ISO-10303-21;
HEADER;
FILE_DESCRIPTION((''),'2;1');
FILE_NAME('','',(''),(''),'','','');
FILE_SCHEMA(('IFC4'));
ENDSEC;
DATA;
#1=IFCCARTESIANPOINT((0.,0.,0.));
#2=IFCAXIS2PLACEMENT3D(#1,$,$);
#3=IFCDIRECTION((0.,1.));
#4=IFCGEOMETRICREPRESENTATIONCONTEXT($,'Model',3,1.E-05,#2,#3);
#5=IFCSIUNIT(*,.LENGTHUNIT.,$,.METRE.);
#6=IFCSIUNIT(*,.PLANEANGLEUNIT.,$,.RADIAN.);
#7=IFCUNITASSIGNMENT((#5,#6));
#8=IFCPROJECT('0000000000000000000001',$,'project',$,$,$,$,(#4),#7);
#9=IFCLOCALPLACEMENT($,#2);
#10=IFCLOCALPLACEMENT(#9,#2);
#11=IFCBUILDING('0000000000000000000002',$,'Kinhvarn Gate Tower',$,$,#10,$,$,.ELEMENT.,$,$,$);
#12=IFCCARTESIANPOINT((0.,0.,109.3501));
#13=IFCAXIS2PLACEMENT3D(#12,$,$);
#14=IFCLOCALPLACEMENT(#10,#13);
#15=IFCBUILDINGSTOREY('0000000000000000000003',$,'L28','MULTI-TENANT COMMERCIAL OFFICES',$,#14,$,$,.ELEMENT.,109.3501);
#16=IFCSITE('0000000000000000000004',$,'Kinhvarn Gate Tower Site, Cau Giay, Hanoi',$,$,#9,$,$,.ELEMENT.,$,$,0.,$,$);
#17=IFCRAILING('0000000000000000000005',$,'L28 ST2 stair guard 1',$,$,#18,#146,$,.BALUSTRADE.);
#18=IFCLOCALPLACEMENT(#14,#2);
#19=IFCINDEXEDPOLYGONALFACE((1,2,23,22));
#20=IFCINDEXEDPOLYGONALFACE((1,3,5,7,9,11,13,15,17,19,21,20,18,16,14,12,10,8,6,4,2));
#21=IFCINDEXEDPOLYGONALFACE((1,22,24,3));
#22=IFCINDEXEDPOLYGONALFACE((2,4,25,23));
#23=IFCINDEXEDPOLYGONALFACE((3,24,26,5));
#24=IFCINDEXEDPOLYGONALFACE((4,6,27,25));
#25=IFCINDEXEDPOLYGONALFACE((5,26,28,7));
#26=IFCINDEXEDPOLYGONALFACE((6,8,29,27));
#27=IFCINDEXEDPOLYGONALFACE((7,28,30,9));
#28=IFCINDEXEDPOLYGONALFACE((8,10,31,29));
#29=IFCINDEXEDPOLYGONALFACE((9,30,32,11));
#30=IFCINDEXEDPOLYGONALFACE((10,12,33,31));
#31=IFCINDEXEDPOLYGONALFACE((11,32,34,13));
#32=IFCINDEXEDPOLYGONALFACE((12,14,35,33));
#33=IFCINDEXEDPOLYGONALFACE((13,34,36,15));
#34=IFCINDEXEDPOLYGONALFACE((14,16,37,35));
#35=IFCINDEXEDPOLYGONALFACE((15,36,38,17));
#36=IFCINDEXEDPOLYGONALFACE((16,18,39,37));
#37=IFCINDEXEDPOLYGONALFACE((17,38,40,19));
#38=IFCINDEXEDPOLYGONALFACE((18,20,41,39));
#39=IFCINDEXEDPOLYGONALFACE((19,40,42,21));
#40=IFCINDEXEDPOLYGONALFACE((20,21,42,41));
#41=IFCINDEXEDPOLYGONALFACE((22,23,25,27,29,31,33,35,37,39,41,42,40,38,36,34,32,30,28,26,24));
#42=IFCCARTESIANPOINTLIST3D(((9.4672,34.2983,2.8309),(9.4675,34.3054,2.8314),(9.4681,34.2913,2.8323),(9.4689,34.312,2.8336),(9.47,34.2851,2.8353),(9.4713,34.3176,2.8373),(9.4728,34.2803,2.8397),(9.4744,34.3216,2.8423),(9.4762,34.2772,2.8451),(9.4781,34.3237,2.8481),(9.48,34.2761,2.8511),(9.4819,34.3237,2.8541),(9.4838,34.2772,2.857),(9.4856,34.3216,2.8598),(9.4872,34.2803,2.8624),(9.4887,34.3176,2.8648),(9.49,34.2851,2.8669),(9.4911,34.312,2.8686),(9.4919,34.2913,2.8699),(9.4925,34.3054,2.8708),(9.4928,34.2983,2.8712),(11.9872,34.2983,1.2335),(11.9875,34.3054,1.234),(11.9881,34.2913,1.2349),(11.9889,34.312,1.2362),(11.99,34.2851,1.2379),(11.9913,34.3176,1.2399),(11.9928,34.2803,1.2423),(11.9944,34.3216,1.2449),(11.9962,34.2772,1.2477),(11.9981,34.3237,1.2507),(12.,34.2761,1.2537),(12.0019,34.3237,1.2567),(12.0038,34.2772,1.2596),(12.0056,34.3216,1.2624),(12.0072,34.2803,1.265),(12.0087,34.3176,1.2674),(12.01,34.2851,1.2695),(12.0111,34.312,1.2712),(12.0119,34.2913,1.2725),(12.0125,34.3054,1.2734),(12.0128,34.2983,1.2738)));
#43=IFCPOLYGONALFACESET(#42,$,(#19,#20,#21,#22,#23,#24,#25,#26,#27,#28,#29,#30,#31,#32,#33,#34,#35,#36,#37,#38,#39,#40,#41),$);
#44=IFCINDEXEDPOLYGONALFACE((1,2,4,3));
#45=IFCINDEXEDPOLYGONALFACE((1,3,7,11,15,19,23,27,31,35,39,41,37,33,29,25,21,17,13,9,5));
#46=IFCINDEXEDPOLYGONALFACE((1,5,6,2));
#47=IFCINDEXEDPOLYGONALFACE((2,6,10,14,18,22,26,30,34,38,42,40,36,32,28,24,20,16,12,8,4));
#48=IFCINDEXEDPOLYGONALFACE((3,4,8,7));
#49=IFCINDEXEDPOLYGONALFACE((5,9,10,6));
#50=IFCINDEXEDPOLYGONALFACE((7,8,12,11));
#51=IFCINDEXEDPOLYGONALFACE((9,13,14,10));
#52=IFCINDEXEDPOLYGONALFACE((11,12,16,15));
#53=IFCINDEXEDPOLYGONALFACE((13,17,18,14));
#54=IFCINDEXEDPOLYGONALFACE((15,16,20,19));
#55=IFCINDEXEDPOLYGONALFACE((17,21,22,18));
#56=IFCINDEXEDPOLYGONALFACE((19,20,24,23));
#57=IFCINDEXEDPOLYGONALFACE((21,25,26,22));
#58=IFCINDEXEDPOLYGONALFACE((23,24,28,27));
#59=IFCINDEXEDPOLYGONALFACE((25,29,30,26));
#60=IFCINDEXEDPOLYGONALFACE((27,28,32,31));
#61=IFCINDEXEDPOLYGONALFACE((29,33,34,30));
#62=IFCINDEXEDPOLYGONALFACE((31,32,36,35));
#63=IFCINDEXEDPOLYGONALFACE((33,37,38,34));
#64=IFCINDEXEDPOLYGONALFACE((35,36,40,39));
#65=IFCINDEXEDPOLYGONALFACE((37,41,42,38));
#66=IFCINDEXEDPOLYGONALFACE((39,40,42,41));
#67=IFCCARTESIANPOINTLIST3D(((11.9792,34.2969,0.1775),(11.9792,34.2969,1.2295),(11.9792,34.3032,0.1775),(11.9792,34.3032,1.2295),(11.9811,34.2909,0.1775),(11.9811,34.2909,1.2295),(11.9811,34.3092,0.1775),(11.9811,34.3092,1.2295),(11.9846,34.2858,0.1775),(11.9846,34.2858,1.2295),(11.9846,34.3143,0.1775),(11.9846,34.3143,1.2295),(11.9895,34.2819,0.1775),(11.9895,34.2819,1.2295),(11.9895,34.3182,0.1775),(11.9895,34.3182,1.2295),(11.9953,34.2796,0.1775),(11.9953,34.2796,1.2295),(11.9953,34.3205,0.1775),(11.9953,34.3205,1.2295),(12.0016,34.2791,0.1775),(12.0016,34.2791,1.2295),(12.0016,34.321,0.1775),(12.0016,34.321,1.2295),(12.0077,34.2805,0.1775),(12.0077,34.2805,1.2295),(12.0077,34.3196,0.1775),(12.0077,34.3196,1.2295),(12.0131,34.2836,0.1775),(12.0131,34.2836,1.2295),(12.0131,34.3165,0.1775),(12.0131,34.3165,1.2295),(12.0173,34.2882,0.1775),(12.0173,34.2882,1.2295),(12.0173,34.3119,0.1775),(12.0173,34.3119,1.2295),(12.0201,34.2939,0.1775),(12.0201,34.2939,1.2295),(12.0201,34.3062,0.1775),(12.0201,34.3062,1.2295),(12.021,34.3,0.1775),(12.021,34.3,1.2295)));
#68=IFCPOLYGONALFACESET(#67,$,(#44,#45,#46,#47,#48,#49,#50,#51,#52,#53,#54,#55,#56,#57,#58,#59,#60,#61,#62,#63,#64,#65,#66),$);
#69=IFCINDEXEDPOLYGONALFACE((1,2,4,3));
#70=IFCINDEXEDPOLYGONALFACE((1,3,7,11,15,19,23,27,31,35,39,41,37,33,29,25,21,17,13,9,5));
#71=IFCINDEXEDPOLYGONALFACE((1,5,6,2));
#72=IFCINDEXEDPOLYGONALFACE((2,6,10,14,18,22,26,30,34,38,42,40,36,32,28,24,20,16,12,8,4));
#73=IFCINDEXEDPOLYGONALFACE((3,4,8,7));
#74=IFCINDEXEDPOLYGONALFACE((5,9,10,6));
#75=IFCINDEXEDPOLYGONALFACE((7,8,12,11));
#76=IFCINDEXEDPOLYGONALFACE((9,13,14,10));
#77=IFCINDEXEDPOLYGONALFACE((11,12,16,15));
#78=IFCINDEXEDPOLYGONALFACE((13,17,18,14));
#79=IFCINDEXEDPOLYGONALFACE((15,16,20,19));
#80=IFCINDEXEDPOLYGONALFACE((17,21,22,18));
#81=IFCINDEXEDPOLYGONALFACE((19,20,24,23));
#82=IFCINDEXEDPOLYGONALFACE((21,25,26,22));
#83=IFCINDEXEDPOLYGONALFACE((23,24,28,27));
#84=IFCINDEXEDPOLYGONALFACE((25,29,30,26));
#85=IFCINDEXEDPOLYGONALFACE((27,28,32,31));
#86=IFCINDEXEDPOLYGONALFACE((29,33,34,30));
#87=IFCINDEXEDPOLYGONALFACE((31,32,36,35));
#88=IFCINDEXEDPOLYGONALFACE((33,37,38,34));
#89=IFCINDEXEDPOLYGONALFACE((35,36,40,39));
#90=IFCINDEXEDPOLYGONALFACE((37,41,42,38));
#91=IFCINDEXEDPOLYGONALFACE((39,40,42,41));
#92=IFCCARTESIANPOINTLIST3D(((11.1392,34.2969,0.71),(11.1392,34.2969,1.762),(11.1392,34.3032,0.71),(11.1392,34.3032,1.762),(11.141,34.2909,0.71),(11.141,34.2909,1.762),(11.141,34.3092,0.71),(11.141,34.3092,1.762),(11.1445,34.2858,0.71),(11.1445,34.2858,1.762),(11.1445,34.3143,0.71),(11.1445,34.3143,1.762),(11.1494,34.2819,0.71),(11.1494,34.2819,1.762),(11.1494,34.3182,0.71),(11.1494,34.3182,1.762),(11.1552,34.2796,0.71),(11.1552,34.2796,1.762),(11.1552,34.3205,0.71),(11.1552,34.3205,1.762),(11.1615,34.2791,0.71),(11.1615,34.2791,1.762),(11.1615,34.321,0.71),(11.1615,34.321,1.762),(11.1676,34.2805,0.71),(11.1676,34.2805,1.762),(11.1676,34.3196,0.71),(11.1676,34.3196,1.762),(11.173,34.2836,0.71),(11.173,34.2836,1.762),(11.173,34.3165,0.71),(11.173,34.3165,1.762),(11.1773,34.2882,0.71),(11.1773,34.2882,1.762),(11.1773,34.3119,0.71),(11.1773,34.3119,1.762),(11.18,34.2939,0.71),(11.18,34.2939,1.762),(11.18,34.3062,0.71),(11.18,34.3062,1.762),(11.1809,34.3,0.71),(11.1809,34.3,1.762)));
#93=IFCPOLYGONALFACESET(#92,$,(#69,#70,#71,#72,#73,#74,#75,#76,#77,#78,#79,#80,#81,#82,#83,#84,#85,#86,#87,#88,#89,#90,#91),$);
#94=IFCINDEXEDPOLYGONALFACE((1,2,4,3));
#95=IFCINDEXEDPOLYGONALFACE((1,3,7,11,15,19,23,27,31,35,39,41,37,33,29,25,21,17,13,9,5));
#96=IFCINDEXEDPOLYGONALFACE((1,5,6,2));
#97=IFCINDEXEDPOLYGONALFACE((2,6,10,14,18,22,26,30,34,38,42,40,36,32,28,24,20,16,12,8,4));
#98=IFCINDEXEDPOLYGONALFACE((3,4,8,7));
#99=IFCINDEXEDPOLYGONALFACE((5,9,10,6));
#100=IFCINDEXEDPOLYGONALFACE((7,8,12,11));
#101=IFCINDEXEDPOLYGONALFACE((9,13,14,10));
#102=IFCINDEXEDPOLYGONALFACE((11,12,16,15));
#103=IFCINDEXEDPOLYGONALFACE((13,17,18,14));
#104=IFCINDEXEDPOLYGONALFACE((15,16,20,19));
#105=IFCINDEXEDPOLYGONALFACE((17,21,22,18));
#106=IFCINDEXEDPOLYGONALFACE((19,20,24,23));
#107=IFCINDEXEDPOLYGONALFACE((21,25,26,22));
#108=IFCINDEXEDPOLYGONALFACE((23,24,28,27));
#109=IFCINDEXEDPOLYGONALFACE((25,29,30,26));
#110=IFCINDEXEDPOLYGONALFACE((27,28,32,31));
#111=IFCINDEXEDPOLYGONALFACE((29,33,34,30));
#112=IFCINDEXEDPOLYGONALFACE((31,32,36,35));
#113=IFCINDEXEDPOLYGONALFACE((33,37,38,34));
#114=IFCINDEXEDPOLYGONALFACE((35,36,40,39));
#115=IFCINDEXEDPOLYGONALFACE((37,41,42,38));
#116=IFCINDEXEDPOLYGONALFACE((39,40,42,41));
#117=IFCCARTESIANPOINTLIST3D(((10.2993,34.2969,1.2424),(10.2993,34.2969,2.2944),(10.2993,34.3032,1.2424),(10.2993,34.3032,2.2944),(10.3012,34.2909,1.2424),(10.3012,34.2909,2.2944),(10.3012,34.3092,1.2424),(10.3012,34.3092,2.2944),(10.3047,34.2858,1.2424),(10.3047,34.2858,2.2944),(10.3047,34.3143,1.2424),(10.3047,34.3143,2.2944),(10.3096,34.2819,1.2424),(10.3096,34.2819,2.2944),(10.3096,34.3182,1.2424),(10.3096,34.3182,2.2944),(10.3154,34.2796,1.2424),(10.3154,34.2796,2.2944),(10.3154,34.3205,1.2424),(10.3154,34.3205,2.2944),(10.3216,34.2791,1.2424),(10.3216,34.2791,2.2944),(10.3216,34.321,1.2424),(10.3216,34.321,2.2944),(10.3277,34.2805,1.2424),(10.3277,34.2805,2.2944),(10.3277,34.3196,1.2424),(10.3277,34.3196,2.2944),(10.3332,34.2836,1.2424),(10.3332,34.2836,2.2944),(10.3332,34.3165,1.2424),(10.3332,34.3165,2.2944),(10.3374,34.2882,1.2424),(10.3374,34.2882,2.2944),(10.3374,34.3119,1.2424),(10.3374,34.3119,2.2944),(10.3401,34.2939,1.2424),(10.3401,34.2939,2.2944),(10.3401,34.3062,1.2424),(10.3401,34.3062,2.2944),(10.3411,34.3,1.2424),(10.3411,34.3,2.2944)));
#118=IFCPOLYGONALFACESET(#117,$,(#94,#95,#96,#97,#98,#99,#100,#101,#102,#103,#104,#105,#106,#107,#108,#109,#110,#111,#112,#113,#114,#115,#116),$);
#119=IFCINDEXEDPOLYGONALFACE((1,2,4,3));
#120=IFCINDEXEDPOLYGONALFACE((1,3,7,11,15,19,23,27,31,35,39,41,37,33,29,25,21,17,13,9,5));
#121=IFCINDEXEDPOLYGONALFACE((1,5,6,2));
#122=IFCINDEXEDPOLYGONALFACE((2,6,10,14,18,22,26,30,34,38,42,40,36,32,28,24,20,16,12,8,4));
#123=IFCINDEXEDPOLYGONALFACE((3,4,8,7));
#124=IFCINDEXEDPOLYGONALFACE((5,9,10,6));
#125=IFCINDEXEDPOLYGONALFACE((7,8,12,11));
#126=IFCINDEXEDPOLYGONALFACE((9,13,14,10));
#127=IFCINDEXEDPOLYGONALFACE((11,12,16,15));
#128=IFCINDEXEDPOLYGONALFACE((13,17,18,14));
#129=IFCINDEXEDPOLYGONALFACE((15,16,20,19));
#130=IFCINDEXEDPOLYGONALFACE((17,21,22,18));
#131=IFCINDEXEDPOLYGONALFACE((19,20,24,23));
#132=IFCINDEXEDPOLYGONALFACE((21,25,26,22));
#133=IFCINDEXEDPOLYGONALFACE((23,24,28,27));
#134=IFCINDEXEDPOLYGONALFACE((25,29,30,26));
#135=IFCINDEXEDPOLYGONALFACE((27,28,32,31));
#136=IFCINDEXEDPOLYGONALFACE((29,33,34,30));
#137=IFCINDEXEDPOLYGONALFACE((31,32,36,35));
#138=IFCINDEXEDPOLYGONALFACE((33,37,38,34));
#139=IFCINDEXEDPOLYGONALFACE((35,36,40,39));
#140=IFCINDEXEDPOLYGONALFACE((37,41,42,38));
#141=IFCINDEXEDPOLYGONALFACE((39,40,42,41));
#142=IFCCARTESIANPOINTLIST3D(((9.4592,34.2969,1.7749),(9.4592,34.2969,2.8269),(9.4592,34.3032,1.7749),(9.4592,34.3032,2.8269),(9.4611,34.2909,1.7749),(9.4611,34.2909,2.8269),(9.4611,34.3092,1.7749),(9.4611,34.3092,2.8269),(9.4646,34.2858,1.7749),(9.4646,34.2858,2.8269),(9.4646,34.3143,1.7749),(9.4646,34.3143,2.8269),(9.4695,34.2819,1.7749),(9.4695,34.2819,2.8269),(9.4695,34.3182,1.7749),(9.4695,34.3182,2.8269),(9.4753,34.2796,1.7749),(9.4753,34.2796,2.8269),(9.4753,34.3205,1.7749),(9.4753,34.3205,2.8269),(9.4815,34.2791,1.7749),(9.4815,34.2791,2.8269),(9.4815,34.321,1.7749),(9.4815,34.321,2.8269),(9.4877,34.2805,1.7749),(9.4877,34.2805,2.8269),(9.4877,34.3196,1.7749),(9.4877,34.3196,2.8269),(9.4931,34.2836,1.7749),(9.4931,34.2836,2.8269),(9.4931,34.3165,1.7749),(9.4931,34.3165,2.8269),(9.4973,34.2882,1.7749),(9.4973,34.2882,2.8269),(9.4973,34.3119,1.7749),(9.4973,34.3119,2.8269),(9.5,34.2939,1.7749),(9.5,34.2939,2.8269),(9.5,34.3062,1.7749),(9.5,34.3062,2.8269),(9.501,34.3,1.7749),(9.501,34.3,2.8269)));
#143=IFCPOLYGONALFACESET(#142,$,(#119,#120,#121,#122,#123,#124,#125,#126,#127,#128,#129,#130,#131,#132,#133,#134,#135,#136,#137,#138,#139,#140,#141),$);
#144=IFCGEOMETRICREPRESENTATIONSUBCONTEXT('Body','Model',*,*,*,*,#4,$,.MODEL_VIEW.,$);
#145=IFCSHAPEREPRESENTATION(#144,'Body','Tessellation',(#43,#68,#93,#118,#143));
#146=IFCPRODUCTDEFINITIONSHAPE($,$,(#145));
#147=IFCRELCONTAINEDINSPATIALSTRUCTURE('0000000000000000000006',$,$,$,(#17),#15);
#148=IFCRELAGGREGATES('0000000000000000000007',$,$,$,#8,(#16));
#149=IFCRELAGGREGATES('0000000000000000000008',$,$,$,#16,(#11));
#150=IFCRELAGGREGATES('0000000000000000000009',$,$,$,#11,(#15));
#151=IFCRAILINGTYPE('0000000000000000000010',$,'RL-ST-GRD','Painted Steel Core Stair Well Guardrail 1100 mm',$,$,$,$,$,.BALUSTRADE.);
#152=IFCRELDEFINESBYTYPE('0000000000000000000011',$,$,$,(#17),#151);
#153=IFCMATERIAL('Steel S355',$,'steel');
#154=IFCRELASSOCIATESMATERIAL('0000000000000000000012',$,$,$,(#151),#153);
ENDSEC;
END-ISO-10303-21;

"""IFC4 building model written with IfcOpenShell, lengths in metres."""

from ifc_helpers import new_model, si_unit, direction, frame, origin, origin_2d, place, context, subcontext, project, spatial, circle, extrude, material, type_object, element, save


model = new_model("IFC4")

# Units and contexts
model_context = context("Model", 3, precision=1e-05, world=origin(), true_north=direction((0.0, 1.0)))
body_context = subcontext(model_context, "Body", "Model", "MODEL_VIEW")
ifc_project = project(units=[si_unit("LENGTHUNIT", "METRE"), si_unit("PLANEANGLEUNIT", "RADIAN")], contexts=[model_context])

# Site, building, storey
site_placement = place(None, origin())
site = spatial("IfcSite", under=ifc_project, at=site_placement, Name="Kinhvarn Gate Tower Site, Cau Giay, Hanoi", CompositionType="ELEMENT", RefElevation=0.0)
building_placement = place(site_placement, origin())
building = spatial("IfcBuilding", under=site, at=building_placement, Name="Kinhvarn Gate Tower", CompositionType="ELEMENT")
storey_placement = place(building_placement, frame((0.0, 0.0, 109.3501)))
storey = spatial("IfcBuildingStorey", under=building, at=storey_placement, Name="L28", Description="MULTI-TENANT COMMERCIAL OFFICES", CompositionType="ELEMENT", Elevation=109.3501)

# Shared definitions
ifc_material_1 = material(Name="Steel S355", Category="steel")

# Railing
railing_type_1 = type_object("IfcRailingType", Name="RL-ST-GRD", Description="Painted Steel Core Stair Well Guardrail 1100 mm", PredefinedType="BALUSTRADE", material=ifc_material_1)
railing_1_placement = place(storey_placement, frame((12.0, 34.3, 0.1775)))
element("IfcRailing", 1, at=railing_1_placement, inside=storey, type_object=railing_type_1, Name="L28 ST2 stair guard 1", PredefinedType="BALUSTRADE", context=body_context, shape_type="SweptSolid", body=[
    extrude(circle(Radius=0.0239, at=origin_2d()), frame((0.0, 0.0, 1.0762), z_axis=(-0.844607, 0.0, 0.535387), x_axis=(0.0, -1.0, 0.0)), (0.0, 0.0, 1.0), 2.9836),
    extrude(circle(Radius=0.021, at=origin_2d()), origin(), (0.0, 0.0, 1.0), 1.052),
    extrude(circle(Radius=0.021, at=origin_2d()), frame((-0.8401, 0.0, 0.5325)), (0.0, 0.0, 1.0), 1.052),
    extrude(circle(Radius=0.021, at=origin_2d()), frame((-1.6799, 0.0, 1.0649)), (0.0, 0.0, 1.0), 1.052),
    extrude(circle(Radius=0.021, at=origin_2d()), frame((-2.52, 0.0, 1.5974)), (0.0, 0.0, 1.0), 1.052),
])

save(model, "model.ifc")
